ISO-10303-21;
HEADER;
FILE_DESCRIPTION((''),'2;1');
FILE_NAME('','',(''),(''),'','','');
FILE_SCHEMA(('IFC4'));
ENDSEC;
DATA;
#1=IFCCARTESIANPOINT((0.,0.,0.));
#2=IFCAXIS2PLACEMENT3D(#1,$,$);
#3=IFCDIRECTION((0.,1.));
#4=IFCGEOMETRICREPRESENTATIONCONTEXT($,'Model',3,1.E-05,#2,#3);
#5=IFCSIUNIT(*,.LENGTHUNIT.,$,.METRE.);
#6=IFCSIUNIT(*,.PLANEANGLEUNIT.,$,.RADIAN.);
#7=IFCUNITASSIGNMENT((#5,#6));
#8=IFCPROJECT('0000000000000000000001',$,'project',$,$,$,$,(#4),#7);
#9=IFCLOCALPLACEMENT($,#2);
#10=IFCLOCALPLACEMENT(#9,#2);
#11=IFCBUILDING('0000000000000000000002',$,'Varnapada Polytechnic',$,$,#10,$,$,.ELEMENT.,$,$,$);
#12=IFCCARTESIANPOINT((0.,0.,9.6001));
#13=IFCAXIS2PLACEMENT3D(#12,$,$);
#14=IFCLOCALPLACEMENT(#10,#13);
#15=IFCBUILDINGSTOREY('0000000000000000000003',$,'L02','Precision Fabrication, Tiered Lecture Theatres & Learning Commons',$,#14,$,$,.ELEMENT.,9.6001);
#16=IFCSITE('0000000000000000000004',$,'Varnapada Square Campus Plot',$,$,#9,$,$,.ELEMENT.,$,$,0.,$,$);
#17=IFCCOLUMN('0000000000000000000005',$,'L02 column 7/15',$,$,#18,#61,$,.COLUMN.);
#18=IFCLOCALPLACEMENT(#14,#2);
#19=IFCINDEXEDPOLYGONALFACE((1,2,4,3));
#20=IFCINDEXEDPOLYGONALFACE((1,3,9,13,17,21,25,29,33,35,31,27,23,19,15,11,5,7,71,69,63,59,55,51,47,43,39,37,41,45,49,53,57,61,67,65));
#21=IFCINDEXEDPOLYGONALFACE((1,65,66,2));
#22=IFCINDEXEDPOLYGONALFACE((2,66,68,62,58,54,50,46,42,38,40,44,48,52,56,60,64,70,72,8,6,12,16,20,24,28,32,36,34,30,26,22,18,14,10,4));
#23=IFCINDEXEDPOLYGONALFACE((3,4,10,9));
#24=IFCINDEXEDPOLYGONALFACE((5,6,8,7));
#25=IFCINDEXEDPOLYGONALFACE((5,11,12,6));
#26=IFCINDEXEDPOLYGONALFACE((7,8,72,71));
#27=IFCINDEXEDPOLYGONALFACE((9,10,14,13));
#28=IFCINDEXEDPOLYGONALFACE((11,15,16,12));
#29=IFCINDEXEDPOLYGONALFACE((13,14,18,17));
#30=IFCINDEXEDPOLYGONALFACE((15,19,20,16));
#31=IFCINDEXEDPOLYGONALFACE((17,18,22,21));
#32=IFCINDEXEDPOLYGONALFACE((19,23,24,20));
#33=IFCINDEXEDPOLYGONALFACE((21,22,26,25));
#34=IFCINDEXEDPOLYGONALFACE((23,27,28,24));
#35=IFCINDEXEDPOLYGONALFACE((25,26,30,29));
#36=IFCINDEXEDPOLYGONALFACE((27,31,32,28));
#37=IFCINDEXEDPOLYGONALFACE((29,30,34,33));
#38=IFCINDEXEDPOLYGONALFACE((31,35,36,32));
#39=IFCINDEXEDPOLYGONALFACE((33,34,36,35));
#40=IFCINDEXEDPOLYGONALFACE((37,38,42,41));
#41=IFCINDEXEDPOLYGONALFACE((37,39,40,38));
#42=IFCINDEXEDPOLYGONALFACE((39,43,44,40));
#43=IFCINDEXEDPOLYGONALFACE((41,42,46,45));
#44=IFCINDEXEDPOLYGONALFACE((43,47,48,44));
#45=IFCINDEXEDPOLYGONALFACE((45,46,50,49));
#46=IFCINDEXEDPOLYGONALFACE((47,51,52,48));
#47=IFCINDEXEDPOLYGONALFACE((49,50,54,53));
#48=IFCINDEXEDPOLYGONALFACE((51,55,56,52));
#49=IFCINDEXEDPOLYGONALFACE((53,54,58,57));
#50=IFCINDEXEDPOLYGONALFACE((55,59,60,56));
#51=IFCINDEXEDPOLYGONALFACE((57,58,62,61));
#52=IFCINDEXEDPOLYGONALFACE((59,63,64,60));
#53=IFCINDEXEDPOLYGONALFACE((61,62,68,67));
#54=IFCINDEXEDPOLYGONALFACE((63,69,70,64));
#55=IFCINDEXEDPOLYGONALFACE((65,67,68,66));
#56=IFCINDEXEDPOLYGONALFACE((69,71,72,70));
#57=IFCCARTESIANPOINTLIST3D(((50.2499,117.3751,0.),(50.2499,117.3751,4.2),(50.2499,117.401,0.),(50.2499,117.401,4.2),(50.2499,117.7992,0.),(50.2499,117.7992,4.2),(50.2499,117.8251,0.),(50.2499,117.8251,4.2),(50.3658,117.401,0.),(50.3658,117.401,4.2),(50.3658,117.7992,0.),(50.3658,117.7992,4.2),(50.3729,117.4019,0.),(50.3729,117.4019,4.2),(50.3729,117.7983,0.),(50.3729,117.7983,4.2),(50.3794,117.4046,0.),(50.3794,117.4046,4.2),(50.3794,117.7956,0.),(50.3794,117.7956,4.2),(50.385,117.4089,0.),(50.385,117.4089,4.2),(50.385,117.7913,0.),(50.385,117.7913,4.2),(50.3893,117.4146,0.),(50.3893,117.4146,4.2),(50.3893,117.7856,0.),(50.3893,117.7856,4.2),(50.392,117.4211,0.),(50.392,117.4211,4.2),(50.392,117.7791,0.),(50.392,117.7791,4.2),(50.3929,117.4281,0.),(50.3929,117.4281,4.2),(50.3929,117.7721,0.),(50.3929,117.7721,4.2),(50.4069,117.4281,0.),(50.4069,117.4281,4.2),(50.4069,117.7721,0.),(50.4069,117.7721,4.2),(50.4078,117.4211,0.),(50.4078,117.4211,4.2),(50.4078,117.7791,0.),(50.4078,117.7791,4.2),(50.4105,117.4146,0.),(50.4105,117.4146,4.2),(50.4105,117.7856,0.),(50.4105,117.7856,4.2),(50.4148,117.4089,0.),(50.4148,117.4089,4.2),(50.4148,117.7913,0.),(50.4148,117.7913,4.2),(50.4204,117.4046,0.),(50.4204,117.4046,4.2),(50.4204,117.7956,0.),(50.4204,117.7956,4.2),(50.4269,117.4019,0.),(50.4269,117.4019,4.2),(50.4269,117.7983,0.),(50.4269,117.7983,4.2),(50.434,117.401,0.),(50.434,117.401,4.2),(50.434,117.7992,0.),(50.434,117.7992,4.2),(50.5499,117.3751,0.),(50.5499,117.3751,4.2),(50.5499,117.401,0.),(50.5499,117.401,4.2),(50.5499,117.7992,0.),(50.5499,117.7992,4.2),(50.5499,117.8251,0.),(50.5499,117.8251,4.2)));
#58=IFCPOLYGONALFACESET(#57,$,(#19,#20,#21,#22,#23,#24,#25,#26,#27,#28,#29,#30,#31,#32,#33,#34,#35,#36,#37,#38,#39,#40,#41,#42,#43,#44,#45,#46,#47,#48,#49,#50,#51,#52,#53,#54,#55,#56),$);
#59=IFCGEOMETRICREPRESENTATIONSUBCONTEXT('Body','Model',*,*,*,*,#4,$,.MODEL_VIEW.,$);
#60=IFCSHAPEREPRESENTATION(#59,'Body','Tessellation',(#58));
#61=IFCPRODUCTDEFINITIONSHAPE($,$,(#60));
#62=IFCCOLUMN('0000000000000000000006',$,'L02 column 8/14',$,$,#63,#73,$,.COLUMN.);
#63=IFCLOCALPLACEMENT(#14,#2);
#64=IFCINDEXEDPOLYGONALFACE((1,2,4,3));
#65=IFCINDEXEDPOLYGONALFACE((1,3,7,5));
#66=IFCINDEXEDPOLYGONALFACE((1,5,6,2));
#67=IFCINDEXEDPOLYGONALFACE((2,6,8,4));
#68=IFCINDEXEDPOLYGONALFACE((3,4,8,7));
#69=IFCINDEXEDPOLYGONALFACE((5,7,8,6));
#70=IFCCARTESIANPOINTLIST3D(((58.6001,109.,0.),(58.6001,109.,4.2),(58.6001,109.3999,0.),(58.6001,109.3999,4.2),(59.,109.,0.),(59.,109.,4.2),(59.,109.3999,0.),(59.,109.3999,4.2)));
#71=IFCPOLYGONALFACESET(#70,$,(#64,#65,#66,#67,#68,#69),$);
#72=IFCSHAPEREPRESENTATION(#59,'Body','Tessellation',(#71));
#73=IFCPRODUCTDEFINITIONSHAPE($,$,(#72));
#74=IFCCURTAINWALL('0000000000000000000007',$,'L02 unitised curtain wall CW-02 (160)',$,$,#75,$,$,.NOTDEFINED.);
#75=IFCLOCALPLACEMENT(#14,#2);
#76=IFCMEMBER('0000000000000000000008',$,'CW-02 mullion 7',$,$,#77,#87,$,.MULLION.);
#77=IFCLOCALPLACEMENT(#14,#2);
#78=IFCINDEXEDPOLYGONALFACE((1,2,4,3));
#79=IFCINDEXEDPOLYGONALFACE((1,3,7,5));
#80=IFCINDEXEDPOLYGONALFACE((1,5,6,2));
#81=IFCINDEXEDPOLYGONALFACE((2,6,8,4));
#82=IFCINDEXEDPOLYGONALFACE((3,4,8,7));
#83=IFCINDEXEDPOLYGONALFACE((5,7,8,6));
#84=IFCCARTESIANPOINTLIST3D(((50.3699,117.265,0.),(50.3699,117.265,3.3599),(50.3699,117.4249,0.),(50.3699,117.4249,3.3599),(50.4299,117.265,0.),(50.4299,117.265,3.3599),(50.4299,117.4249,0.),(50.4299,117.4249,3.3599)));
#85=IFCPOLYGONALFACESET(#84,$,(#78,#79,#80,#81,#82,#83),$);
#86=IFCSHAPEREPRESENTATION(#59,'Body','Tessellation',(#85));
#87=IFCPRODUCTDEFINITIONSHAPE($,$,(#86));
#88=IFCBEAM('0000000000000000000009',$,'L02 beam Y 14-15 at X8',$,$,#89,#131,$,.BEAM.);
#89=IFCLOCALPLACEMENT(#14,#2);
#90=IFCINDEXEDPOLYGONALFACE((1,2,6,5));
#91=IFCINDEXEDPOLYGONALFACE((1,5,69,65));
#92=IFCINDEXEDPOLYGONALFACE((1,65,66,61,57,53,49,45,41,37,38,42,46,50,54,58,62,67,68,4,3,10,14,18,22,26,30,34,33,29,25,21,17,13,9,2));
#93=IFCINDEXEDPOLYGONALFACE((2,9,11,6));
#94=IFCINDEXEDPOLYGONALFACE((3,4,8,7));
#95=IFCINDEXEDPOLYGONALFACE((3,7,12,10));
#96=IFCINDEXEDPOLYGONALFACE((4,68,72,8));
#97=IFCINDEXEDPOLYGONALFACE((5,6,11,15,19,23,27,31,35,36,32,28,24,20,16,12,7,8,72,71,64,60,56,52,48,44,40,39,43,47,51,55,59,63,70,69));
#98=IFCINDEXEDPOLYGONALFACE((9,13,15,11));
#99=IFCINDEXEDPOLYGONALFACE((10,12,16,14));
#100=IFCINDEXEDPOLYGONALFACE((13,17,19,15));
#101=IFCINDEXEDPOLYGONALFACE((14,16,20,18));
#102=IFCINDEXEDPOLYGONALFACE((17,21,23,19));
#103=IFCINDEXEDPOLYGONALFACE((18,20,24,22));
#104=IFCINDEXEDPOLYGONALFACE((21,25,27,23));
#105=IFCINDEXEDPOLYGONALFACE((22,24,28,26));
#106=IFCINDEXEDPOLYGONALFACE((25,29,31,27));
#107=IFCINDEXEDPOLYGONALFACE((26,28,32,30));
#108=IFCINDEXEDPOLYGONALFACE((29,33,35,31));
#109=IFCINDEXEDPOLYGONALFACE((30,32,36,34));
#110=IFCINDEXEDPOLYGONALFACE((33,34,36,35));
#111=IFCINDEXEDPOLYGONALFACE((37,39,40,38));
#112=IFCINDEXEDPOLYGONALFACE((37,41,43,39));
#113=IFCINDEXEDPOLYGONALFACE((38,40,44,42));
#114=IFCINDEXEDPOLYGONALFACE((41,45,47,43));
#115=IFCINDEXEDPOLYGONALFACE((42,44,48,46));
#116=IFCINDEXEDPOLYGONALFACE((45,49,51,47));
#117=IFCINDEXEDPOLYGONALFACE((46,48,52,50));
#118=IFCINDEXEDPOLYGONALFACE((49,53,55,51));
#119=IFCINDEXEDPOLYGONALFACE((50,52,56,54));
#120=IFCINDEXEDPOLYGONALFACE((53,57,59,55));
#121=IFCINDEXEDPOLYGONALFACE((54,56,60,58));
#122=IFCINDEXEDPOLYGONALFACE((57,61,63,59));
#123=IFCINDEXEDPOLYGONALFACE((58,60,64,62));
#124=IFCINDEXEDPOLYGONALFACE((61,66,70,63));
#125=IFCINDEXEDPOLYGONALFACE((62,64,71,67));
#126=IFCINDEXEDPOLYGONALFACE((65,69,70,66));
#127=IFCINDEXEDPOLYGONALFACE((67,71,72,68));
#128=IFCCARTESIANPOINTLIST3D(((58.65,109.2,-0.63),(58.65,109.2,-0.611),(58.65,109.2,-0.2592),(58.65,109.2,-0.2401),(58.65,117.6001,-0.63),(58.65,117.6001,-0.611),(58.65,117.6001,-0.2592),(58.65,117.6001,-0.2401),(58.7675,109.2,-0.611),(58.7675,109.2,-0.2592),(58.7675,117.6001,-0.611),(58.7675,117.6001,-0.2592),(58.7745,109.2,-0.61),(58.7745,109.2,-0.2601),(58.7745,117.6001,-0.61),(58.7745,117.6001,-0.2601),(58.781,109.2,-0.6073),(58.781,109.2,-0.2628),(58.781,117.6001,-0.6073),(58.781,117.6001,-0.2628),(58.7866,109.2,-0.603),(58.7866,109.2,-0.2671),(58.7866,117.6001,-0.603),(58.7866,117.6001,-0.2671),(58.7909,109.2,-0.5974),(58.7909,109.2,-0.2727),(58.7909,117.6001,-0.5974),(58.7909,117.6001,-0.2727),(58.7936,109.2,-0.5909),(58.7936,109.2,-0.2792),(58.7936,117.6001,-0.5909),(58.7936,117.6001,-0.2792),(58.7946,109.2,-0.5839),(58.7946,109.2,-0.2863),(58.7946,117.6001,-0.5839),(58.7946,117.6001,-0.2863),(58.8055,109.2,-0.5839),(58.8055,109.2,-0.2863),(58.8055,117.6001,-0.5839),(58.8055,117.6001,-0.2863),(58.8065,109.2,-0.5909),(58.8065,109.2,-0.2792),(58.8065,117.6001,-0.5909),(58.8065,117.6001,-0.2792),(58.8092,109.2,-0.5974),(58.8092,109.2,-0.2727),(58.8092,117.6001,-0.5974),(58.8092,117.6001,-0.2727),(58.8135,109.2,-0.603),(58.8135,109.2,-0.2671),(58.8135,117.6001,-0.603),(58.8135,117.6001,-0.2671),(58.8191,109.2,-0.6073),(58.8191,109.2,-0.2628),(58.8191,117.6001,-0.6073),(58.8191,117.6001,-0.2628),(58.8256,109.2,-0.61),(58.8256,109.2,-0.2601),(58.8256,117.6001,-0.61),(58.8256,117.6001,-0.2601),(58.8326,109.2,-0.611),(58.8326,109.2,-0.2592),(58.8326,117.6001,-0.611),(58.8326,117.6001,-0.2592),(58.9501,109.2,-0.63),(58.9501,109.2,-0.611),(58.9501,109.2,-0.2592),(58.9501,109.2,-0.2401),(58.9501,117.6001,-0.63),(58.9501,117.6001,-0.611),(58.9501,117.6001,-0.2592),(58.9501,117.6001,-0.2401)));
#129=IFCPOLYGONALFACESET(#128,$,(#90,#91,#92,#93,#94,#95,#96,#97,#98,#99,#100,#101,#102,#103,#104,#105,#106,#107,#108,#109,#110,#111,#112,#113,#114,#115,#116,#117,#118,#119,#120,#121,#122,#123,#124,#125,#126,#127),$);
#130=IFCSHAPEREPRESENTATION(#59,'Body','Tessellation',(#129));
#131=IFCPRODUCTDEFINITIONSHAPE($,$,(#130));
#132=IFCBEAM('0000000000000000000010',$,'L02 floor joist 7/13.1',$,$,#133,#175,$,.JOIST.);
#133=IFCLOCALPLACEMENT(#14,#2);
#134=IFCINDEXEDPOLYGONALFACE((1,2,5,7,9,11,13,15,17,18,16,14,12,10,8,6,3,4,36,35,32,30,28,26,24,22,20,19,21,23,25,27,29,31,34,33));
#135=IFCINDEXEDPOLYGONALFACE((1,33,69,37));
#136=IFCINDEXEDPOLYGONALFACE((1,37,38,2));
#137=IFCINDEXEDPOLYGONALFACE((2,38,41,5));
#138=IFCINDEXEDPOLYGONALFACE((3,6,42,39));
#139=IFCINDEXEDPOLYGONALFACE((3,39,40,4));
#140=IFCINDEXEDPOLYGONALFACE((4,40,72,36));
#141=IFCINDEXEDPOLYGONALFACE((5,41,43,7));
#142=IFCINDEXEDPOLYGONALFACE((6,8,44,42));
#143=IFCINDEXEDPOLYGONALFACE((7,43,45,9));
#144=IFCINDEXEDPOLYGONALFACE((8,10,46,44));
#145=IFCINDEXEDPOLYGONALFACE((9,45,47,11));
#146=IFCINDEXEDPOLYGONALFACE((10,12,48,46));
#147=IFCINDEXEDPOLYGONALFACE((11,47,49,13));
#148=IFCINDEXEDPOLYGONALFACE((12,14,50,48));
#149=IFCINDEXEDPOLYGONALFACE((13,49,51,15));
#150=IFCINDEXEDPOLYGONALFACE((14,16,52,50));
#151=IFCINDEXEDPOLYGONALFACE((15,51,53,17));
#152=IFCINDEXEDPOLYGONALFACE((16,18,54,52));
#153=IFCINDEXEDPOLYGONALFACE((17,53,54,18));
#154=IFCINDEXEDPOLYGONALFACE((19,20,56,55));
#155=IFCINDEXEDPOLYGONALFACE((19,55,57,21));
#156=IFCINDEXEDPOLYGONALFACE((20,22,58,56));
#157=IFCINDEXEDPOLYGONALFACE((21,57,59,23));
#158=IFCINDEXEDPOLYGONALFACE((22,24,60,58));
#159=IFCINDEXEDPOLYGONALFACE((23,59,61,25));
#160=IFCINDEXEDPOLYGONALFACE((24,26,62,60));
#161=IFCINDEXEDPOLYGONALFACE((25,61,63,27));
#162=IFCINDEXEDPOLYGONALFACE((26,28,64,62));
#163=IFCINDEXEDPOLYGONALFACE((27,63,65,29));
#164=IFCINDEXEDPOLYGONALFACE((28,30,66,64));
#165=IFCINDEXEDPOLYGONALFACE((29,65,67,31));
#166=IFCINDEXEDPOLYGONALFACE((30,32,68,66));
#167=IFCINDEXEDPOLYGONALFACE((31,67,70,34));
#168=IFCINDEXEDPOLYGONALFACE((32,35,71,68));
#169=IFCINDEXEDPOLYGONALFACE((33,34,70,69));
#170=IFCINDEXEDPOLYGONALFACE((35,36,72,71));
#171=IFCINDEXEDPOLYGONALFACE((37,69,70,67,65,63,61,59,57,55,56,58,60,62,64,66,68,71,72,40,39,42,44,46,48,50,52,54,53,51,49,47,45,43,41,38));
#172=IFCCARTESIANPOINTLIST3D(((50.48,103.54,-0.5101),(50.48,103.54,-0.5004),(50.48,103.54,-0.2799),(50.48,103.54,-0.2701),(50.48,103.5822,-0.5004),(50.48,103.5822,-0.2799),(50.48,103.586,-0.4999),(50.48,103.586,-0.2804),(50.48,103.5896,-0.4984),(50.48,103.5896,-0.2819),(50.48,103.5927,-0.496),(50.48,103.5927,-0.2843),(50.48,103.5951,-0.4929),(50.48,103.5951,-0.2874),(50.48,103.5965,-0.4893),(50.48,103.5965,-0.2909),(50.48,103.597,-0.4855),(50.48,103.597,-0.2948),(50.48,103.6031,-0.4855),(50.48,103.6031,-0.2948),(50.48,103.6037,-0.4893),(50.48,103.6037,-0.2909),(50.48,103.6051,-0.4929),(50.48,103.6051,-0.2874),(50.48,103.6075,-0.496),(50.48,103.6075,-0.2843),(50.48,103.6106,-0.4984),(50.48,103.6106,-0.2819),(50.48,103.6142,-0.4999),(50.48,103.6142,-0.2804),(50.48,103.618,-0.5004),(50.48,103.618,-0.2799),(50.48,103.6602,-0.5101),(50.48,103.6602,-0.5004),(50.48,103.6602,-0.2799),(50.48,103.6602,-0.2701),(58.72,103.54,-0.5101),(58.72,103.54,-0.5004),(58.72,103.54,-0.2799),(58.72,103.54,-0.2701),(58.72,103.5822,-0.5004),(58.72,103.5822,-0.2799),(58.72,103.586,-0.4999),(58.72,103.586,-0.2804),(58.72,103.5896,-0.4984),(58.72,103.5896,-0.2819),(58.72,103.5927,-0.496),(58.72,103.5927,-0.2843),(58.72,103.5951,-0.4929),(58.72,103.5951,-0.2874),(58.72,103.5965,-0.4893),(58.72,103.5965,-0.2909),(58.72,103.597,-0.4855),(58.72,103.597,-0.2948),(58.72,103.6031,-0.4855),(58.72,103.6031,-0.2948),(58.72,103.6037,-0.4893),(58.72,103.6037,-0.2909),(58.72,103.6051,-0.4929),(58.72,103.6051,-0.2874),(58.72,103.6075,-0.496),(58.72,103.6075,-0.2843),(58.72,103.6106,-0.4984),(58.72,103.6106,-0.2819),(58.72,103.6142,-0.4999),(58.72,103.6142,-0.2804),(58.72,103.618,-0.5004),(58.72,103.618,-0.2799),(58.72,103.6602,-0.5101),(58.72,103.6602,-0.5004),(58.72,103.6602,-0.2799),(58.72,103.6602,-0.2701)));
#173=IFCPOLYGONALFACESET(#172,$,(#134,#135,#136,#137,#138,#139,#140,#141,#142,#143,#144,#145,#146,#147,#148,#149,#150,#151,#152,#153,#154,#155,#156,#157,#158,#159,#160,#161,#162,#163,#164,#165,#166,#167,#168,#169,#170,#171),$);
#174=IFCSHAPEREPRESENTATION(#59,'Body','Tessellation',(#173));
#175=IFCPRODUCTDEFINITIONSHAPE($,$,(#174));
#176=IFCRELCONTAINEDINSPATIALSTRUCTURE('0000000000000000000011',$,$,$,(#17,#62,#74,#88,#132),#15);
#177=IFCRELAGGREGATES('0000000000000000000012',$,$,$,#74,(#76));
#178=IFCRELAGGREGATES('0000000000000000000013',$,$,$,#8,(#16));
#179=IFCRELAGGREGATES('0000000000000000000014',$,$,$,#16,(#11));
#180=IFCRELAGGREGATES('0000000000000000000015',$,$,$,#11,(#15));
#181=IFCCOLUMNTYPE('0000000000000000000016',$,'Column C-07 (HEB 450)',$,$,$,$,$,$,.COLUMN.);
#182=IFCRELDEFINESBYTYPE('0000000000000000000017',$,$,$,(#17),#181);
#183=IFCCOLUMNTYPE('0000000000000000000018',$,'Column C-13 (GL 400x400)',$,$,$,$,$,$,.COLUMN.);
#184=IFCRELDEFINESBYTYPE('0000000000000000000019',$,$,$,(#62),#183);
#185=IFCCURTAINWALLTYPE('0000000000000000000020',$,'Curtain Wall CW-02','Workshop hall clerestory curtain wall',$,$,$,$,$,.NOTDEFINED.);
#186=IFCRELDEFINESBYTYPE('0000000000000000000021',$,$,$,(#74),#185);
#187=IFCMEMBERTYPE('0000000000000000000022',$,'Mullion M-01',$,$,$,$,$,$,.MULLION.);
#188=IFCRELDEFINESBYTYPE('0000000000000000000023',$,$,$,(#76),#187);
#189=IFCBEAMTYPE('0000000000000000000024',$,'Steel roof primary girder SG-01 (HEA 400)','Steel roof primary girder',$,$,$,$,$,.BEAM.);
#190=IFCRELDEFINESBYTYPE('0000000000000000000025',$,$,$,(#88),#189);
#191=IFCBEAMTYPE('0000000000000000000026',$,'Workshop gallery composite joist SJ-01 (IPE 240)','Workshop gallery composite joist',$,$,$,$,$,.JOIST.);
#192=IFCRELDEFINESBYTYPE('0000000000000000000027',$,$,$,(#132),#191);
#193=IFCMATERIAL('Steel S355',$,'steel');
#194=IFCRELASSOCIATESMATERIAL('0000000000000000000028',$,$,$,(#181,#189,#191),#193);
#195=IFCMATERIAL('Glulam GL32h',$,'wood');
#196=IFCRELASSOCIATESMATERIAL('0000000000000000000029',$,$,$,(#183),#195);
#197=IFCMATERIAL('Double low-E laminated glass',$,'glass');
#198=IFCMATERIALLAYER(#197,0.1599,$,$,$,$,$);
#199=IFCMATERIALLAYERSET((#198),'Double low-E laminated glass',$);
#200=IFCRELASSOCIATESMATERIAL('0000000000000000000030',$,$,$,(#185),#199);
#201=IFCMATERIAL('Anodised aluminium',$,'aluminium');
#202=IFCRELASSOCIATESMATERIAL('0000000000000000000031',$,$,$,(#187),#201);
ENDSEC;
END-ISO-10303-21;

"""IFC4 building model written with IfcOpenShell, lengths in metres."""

from ifc_helpers import new_model, si_unit, direction, frame, origin, origin_2d, place, context, subcontext, project, spatial, rectangle, i_section, extrude, material, layer, layer_set, material_profile, profile_set, type_object, element, aggregate, save


model = new_model("IFC4")

# Units and contexts
model_context = context("Model", 3, precision=1e-05, world=origin(), true_north=direction((0.0, 1.0)))
body_context = subcontext(model_context, "Body", "Model", "MODEL_VIEW")
ifc_project = project(units=[si_unit("LENGTHUNIT", "METRE"), si_unit("PLANEANGLEUNIT", "RADIAN")], contexts=[model_context])

# Site, building, storey
site_placement = place(None, origin())
site = spatial("IfcSite", under=ifc_project, at=site_placement, Name="Varnapada Square Campus Plot", CompositionType="ELEMENT", RefElevation=0.0)
building_placement = place(site_placement, origin())
building = spatial("IfcBuilding", under=site, at=building_placement, Name="Varnapada Polytechnic", CompositionType="ELEMENT")
storey_placement = place(building_placement, frame((0.0, 0.0, 9.6001)))
storey = spatial("IfcBuildingStorey", under=building, at=storey_placement, Name="L02", Description="Precision Fabrication, Tiered Lecture Theatres & Learning Commons", CompositionType="ELEMENT", Elevation=9.6001)

# Columns
ifc_material_1 = material(Name="Steel S355", Category="steel")
ifc_material_profile_1 = material_profile(ifc_material_1, i_section(OverallWidth=0.3, OverallDepth=0.45, WebThickness=0.0139, FlangeThickness=0.0259, FilletRadius=0.0271, at=origin_2d()), Name="HEB 450")
ifc_profile_set_1 = profile_set([ifc_material_profile_1], Name="Steel S355")
column_type_1 = type_object("IfcColumnType", Name="Column C-07 (HEB 450)", PredefinedType="COLUMN", material=ifc_profile_set_1)
column_1_placement = place(storey_placement, frame((50.3999, 117.6001, 0.0), z_axis=(0.0, 0.0, 1.0), x_axis=(1.0, 0.0, 0.0)))
element("IfcColumn", 1, at=column_1_placement, inside=storey, type_object=column_type_1, Name="L02 column 7/15", PredefinedType="COLUMN", context=body_context, shape_type="SweptSolid", body=[
    extrude(i_section(OverallWidth=0.3, OverallDepth=0.45, WebThickness=0.0139, FlangeThickness=0.0259, FilletRadius=0.0271, at=origin_2d()), origin(), (0.0, 0.0, 1.0), 4.2),
])
ifc_material_2 = material(Name="Glulam GL32h", Category="wood")
ifc_material_profile_2 = material_profile(ifc_material_2, rectangle(XDim=0.3999, YDim=0.3999, at=origin_2d()), Name="GL 400x400")
ifc_profile_set_2 = profile_set([ifc_material_profile_2], Name="Glulam GL32h")
column_type_2 = type_object("IfcColumnType", Name="Column C-13 (GL 400x400)", PredefinedType="COLUMN", material=ifc_profile_set_2)
column_2_placement = place(storey_placement, frame((58.8, 109.2, 0.0), z_axis=(0.0, 0.0, 1.0), x_axis=(1.0, 0.0, 0.0)))
element("IfcColumn", 2, at=column_2_placement, inside=storey, type_object=column_type_2, Name="L02 column 8/14", PredefinedType="COLUMN", context=body_context, shape_type="SweptSolid", body=[
    extrude(rectangle(XDim=0.3999, YDim=0.3999, at=origin_2d()), origin(), (0.0, 0.0, 1.0), 4.2),
])

# Curtain wall, member
ifc_material_3 = material(Name="Double low-E laminated glass", Category="glass")
ifc_layer_1 = layer(ifc_material_3, 0.1599)
ifc_layer_set_1 = layer_set([ifc_layer_1], Name="Double low-E laminated glass")
curtain_wall_type = type_object("IfcCurtainWallType", Name="Curtain Wall CW-02", Description="Workshop hall clerestory curtain wall", PredefinedType="NOTDEFINED", material=ifc_layer_set_1)
curtain_wall_placement = place(storey_placement, origin())
curtain_wall = element("IfcCurtainWall", 3, at=curtain_wall_placement, inside=storey, type_object=curtain_wall_type, Name="L02 unitised curtain wall CW-02 (160)", PredefinedType="NOTDEFINED")
ifc_material_4 = material(Name="Anodised aluminium", Category="aluminium")
ifc_material_profile_3 = material_profile(ifc_material_4, rectangle(XDim=0.0601, YDim=0.1599, at=origin_2d()), Name="ALU M60x160")
ifc_profile_set_3 = profile_set([ifc_material_profile_3], Name="Anodised aluminium")
member_type = type_object("IfcMemberType", Name="Mullion M-01", PredefinedType="MULLION", material=ifc_profile_set_3)
member_placement = place(storey_placement, frame((50.3999, 117.345, 0.0), z_axis=(0.0, 0.0, 1.0), x_axis=(-1.0, 0.0, 0.0)))
member = element("IfcMember", 4, at=member_placement, type_object=member_type, Name="CW-02 mullion 7", PredefinedType="MULLION", context=body_context, shape_type="SweptSolid", body=[
    extrude(rectangle(XDim=0.0601, YDim=0.1599, at=origin_2d()), origin(), (0.0, 0.0, 1.0), 3.3599),
])
aggregate(curtain_wall, [member])

# Beams
ifc_material_profile_4 = material_profile(ifc_material_1, i_section(OverallWidth=0.3, OverallDepth=0.3899, WebThickness=0.011, FlangeThickness=0.019, FilletRadius=0.0271, at=origin_2d()), Name="HEA 400")
ifc_profile_set_4 = profile_set([ifc_material_profile_4], Name="Steel S355")
beam_type_1 = type_object("IfcBeamType", Name="Steel roof primary girder SG-01 (HEA 400)", Description="Steel roof primary girder", PredefinedType="BEAM", material=ifc_profile_set_4)
beam_1_placement = place(storey_placement, frame((58.8, 109.2, -0.4351), z_axis=(0.0, 1.0, 0.0), x_axis=(-1.0, 0.0, 0.0)))
element("IfcBeam", 5, at=beam_1_placement, inside=storey, type_object=beam_type_1, Name="L02 beam Y 14-15 at X8", PredefinedType="BEAM", context=body_context, shape_type="SweptSolid", body=[
    extrude(i_section(OverallWidth=0.3, OverallDepth=0.3899, WebThickness=0.011, FlangeThickness=0.019, FilletRadius=0.0271, at=origin_2d()), origin(), (0.0, 0.0, 1.0), 8.4001),
])
ifc_material_profile_5 = material_profile(ifc_material_1, i_section(OverallWidth=0.1201, OverallDepth=0.24, WebThickness=0.0061, FlangeThickness=0.0098, FilletRadius=0.0149, at=origin_2d()), Name="IPE 240")
ifc_profile_set_5 = profile_set([ifc_material_profile_5], Name="Steel S355")
beam_type_2 = type_object("IfcBeamType", Name="Workshop gallery composite joist SJ-01 (IPE 240)", Description="Workshop gallery composite joist", PredefinedType="JOIST", material=ifc_profile_set_5)
for number, where, z_axis, x_axis, name in (
    (6, (50.48, 103.6001, -0.3901), (1.0, 0.0, 0.0), (0.0, 1.0, 0.0), "L02 floor joist 7/13.1"),
):
    element("IfcBeam", number, at=place(storey_placement, frame(where, z_axis=z_axis, x_axis=x_axis)), inside=storey, type_object=beam_type_2, Name=name, PredefinedType="JOIST", context=body_context, shape_type="SweptSolid", body=[
        extrude(i_section(OverallWidth=0.1201, OverallDepth=0.24, WebThickness=0.0061, FlangeThickness=0.0098, FilletRadius=0.0149, at=origin_2d()), origin(), (0.0, 0.0, 1.0), 8.24),
    ])

save(model, "model.ifc")
